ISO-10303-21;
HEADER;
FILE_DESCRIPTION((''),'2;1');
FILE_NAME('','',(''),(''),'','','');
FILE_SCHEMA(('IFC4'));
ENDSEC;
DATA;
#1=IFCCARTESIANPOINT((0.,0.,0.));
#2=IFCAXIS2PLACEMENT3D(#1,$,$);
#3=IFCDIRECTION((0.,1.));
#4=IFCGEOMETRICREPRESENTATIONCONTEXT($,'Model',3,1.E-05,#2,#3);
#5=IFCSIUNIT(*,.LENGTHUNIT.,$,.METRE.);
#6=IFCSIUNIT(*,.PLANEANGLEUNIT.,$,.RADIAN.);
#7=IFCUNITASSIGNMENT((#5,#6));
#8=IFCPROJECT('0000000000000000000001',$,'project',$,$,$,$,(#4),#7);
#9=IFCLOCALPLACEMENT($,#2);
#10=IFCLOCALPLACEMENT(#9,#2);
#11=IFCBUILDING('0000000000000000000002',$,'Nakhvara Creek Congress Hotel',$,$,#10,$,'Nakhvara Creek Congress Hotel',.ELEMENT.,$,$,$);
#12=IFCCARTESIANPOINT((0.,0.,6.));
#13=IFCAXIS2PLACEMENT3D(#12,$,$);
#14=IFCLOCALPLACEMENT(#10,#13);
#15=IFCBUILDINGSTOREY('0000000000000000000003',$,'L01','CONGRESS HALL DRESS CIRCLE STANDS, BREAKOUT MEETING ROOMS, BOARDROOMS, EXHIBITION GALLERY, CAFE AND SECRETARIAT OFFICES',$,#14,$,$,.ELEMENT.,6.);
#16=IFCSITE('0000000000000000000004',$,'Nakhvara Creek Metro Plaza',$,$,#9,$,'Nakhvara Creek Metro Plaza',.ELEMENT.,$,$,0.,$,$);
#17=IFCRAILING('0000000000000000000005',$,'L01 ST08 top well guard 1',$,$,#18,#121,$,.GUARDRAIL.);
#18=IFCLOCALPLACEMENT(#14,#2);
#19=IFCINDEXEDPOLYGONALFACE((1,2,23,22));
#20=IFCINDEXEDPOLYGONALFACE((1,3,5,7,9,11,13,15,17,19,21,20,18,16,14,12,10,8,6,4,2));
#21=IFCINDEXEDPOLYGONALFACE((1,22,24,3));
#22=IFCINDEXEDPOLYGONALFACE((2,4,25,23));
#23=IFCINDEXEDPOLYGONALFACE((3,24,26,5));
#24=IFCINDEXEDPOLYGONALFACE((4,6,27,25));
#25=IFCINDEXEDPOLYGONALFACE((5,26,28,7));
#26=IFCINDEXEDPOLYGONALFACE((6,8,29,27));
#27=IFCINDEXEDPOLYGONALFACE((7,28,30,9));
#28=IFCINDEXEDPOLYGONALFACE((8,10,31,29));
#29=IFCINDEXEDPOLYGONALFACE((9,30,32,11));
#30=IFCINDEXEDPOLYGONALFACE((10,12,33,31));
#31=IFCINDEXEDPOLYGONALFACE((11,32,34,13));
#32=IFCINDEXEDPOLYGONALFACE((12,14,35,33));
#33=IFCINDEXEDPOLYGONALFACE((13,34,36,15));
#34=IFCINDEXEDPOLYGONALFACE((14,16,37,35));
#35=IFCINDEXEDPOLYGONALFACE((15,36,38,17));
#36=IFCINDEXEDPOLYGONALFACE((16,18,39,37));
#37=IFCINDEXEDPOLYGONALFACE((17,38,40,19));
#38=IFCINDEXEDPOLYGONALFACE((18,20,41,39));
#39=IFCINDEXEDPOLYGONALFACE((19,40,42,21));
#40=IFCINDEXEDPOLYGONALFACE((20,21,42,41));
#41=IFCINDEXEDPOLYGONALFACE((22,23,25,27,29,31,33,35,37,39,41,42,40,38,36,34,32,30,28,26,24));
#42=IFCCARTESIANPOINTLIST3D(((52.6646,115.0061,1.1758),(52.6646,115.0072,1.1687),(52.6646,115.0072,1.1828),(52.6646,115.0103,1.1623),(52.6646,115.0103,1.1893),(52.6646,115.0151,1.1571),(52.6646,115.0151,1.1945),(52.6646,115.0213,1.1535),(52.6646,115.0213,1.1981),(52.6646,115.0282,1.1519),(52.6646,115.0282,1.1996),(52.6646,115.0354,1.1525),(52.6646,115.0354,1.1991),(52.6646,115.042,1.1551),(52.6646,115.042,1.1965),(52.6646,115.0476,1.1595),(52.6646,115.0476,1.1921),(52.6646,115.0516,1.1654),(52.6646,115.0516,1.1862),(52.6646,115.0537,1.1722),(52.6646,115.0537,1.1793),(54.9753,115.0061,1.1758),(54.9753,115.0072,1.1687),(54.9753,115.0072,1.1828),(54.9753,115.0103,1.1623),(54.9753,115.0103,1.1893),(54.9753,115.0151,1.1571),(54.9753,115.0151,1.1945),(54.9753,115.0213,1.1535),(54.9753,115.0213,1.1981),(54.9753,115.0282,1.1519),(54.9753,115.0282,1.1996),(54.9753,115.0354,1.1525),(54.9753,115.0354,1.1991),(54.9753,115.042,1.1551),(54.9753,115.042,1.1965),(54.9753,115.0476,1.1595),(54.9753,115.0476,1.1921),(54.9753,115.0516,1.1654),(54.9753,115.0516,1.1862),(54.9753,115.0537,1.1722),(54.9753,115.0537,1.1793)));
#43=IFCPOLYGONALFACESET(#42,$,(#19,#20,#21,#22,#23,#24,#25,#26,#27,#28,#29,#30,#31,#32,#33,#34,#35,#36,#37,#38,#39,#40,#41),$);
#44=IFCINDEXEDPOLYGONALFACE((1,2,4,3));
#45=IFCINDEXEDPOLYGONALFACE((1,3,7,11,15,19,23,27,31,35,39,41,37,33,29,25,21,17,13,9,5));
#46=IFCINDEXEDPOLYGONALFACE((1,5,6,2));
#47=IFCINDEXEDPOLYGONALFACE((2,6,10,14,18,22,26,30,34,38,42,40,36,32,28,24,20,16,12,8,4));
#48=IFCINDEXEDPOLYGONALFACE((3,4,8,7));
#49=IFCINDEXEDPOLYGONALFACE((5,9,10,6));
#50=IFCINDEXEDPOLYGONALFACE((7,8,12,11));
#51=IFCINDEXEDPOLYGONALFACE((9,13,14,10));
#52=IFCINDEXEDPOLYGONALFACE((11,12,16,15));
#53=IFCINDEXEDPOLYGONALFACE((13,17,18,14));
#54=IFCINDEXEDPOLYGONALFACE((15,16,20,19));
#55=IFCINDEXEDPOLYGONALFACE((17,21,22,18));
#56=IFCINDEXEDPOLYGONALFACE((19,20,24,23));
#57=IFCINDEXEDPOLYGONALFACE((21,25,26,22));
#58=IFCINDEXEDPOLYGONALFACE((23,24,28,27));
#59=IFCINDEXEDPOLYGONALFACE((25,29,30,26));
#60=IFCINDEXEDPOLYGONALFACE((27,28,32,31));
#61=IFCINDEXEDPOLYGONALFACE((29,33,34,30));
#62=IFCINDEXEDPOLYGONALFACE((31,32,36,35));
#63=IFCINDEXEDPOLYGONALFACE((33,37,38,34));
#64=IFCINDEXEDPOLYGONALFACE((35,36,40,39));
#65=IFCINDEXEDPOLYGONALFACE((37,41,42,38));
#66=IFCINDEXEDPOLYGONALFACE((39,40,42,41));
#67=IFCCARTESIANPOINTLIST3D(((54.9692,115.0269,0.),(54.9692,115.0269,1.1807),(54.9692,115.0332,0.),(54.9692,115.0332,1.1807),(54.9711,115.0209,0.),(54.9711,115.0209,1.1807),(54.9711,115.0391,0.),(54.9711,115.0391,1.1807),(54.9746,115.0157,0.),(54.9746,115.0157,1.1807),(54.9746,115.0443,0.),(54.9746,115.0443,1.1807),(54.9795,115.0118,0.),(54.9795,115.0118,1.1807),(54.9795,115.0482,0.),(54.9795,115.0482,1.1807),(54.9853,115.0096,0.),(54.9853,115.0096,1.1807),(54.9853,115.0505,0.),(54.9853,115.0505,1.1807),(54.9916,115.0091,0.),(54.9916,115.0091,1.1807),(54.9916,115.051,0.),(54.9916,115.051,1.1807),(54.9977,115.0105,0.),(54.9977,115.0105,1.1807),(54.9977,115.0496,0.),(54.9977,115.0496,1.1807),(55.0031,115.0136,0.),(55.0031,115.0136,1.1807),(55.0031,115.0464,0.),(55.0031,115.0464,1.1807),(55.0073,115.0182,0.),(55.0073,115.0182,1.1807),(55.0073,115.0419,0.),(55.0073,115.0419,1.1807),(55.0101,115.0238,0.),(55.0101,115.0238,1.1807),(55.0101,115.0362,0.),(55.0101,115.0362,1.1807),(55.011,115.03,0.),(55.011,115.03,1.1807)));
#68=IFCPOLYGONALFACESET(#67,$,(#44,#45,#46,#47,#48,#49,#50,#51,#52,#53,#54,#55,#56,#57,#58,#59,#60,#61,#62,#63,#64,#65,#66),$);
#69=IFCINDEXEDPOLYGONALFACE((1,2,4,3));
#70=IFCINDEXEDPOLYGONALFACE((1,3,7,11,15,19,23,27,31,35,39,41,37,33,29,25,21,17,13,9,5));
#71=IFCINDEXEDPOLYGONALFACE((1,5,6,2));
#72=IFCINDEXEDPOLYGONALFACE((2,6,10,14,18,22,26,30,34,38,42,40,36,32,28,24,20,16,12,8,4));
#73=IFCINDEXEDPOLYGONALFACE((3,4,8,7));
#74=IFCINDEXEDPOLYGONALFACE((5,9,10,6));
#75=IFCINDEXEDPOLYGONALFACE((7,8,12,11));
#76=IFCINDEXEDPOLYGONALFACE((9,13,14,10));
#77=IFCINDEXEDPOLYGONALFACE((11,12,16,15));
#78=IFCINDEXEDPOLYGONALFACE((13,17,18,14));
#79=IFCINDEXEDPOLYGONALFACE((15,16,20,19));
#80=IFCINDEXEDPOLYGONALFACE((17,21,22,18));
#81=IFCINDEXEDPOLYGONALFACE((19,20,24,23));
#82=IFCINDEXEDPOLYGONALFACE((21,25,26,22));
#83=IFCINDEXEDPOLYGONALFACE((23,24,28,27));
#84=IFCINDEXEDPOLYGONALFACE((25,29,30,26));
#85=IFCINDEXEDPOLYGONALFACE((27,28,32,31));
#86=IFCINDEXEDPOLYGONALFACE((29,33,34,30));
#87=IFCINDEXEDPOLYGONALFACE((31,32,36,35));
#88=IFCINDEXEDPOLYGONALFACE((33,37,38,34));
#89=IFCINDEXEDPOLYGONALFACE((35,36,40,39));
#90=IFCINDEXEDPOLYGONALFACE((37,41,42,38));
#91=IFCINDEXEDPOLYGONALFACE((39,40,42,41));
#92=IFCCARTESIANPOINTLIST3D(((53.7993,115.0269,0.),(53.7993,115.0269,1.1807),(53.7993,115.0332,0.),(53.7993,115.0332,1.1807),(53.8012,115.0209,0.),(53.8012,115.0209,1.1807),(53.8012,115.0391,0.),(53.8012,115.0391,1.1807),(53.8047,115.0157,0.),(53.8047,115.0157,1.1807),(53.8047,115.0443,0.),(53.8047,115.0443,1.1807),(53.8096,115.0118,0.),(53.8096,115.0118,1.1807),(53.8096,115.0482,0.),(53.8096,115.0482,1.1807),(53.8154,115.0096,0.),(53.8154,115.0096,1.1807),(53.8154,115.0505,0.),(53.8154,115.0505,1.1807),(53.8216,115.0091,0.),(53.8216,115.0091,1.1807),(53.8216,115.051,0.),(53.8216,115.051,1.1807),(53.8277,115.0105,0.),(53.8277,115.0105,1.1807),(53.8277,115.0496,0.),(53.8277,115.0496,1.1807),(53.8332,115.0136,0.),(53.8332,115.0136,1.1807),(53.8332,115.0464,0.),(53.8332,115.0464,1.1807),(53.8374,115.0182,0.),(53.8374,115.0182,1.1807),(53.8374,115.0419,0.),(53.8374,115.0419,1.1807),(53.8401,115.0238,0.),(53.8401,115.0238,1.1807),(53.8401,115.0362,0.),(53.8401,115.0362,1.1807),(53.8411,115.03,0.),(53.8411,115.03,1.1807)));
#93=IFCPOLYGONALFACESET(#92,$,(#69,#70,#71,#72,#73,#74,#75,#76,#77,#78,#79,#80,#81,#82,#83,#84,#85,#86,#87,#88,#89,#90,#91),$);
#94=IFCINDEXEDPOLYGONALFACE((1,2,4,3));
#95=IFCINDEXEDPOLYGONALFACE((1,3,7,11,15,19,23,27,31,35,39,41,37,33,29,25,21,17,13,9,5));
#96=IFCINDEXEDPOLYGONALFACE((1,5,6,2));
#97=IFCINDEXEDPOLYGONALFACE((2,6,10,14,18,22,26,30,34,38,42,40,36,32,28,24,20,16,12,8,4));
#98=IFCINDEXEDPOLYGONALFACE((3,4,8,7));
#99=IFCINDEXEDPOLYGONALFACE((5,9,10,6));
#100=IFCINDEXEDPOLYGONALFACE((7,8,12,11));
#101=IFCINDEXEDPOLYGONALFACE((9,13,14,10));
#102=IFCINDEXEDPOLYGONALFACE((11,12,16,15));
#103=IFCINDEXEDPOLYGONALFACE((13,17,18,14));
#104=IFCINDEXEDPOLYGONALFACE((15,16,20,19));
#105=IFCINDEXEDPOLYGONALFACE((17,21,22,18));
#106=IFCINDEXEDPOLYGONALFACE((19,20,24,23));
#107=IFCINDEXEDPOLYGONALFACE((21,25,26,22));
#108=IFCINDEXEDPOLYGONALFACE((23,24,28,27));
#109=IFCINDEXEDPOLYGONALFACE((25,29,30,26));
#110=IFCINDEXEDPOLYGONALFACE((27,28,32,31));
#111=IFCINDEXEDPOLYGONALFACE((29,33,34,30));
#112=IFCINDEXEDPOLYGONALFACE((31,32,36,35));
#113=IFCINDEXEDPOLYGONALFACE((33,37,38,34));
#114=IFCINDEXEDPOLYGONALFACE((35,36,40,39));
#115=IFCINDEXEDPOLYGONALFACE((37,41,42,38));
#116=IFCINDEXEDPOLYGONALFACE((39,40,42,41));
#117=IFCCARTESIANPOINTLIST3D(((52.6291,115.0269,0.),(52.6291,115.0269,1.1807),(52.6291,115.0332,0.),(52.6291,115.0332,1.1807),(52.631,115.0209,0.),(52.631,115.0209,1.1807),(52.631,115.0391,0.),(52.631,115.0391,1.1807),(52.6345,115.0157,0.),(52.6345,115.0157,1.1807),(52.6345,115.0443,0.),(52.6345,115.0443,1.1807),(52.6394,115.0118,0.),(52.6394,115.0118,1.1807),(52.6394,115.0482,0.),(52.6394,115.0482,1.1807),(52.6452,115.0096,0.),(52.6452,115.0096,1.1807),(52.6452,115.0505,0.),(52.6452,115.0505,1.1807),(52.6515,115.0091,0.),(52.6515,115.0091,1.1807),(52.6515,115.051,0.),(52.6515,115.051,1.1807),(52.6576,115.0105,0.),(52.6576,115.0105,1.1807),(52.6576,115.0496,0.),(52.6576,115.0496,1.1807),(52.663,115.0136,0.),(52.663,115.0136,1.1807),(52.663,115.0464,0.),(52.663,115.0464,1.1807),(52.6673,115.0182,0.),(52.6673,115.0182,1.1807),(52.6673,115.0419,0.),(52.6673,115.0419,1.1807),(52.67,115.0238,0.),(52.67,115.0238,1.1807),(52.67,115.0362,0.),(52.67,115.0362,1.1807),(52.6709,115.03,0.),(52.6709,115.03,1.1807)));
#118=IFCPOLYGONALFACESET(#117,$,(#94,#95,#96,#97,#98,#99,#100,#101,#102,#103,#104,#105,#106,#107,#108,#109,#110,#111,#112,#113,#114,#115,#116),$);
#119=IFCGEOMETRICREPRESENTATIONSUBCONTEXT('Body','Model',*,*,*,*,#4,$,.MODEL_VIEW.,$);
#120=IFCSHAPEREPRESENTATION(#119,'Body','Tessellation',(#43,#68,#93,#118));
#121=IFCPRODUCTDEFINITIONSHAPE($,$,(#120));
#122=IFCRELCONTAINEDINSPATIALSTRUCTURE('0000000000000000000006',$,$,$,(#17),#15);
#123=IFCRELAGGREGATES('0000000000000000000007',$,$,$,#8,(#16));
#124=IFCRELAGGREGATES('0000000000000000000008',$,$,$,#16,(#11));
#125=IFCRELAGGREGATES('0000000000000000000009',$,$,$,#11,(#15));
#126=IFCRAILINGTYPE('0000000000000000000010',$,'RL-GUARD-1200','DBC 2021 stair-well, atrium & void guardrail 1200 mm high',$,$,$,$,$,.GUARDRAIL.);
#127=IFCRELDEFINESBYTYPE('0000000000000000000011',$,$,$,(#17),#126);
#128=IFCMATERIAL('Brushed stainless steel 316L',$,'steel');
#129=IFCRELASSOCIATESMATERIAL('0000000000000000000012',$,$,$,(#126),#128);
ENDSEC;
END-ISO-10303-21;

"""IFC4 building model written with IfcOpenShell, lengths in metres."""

from ifc_helpers import new_model, si_unit, direction, frame, origin, origin_2d, place, context, subcontext, project, spatial, circle, extrude, material, type_object, element, save


model = new_model("IFC4")

# Units and contexts
model_context = context("Model", 3, precision=1e-05, world=origin(), true_north=direction((0.0, 1.0)))
body_context = subcontext(model_context, "Body", "Model", "MODEL_VIEW")
ifc_project = project(units=[si_unit("LENGTHUNIT", "METRE"), si_unit("PLANEANGLEUNIT", "RADIAN")], contexts=[model_context])

# Site, building, storey
site_placement = place(None, origin())
site = spatial("IfcSite", under=ifc_project, at=site_placement, Name="Nakhvara Creek Metro Plaza", LongName="Nakhvara Creek Metro Plaza", CompositionType="ELEMENT", RefElevation=0.0)
building_placement = place(site_placement, origin())
building = spatial("IfcBuilding", under=site, at=building_placement, Name="Nakhvara Creek Congress Hotel", LongName="Nakhvara Creek Congress Hotel", CompositionType="ELEMENT")
storey_placement = place(building_placement, frame((0.0, 0.0, 6.0)))
storey = spatial("IfcBuildingStorey", under=building, at=storey_placement, Name="L01", Description="CONGRESS HALL DRESS CIRCLE STANDS, BREAKOUT MEETING ROOMS, BOARDROOMS, EXHIBITION GALLERY, CAFE AND SECRETARIAT OFFICES", CompositionType="ELEMENT", Elevation=6.0)

# Railing
ifc_material_1 = material(Name="Brushed stainless steel 316L", Category="steel")
railing_type = type_object("IfcRailingType", Name="RL-GUARD-1200", Description="DBC 2021 stair-well, atrium & void guardrail 1200 mm high", PredefinedType="GUARDRAIL", material=ifc_material_1)
railing_placement = place(storey_placement, frame((54.99, 115.03, 0.0)))
element("IfcRailing", 1, at=railing_placement, inside=storey, type_object=railing_type, Name="L01 ST08 top well guard 1", PredefinedType="GUARDRAIL", context=body_context, shape_type="SweptSolid", body=[
    extrude(circle(Radius=0.0239, at=origin_2d()), frame((-0.0146, 0.0, 1.1758), z_axis=(-1.0, 0.0, 0.0), x_axis=(0.0, -1.0, 0.0)), (0.0, 0.0, 1.0), 2.3108),
    extrude(circle(Radius=0.021, at=origin_2d()), origin(), (0.0, 0.0, 1.0), 1.1807),
    extrude(circle(Radius=0.021, at=origin_2d()), frame((-1.1699, 0.0, 0.0)), (0.0, 0.0, 1.0), 1.1807),
    extrude(circle(Radius=0.021, at=origin_2d()), frame((-2.3401, 0.0, 0.0)), (0.0, 0.0, 1.0), 1.1807),
])

save(model, "model.ifc")
